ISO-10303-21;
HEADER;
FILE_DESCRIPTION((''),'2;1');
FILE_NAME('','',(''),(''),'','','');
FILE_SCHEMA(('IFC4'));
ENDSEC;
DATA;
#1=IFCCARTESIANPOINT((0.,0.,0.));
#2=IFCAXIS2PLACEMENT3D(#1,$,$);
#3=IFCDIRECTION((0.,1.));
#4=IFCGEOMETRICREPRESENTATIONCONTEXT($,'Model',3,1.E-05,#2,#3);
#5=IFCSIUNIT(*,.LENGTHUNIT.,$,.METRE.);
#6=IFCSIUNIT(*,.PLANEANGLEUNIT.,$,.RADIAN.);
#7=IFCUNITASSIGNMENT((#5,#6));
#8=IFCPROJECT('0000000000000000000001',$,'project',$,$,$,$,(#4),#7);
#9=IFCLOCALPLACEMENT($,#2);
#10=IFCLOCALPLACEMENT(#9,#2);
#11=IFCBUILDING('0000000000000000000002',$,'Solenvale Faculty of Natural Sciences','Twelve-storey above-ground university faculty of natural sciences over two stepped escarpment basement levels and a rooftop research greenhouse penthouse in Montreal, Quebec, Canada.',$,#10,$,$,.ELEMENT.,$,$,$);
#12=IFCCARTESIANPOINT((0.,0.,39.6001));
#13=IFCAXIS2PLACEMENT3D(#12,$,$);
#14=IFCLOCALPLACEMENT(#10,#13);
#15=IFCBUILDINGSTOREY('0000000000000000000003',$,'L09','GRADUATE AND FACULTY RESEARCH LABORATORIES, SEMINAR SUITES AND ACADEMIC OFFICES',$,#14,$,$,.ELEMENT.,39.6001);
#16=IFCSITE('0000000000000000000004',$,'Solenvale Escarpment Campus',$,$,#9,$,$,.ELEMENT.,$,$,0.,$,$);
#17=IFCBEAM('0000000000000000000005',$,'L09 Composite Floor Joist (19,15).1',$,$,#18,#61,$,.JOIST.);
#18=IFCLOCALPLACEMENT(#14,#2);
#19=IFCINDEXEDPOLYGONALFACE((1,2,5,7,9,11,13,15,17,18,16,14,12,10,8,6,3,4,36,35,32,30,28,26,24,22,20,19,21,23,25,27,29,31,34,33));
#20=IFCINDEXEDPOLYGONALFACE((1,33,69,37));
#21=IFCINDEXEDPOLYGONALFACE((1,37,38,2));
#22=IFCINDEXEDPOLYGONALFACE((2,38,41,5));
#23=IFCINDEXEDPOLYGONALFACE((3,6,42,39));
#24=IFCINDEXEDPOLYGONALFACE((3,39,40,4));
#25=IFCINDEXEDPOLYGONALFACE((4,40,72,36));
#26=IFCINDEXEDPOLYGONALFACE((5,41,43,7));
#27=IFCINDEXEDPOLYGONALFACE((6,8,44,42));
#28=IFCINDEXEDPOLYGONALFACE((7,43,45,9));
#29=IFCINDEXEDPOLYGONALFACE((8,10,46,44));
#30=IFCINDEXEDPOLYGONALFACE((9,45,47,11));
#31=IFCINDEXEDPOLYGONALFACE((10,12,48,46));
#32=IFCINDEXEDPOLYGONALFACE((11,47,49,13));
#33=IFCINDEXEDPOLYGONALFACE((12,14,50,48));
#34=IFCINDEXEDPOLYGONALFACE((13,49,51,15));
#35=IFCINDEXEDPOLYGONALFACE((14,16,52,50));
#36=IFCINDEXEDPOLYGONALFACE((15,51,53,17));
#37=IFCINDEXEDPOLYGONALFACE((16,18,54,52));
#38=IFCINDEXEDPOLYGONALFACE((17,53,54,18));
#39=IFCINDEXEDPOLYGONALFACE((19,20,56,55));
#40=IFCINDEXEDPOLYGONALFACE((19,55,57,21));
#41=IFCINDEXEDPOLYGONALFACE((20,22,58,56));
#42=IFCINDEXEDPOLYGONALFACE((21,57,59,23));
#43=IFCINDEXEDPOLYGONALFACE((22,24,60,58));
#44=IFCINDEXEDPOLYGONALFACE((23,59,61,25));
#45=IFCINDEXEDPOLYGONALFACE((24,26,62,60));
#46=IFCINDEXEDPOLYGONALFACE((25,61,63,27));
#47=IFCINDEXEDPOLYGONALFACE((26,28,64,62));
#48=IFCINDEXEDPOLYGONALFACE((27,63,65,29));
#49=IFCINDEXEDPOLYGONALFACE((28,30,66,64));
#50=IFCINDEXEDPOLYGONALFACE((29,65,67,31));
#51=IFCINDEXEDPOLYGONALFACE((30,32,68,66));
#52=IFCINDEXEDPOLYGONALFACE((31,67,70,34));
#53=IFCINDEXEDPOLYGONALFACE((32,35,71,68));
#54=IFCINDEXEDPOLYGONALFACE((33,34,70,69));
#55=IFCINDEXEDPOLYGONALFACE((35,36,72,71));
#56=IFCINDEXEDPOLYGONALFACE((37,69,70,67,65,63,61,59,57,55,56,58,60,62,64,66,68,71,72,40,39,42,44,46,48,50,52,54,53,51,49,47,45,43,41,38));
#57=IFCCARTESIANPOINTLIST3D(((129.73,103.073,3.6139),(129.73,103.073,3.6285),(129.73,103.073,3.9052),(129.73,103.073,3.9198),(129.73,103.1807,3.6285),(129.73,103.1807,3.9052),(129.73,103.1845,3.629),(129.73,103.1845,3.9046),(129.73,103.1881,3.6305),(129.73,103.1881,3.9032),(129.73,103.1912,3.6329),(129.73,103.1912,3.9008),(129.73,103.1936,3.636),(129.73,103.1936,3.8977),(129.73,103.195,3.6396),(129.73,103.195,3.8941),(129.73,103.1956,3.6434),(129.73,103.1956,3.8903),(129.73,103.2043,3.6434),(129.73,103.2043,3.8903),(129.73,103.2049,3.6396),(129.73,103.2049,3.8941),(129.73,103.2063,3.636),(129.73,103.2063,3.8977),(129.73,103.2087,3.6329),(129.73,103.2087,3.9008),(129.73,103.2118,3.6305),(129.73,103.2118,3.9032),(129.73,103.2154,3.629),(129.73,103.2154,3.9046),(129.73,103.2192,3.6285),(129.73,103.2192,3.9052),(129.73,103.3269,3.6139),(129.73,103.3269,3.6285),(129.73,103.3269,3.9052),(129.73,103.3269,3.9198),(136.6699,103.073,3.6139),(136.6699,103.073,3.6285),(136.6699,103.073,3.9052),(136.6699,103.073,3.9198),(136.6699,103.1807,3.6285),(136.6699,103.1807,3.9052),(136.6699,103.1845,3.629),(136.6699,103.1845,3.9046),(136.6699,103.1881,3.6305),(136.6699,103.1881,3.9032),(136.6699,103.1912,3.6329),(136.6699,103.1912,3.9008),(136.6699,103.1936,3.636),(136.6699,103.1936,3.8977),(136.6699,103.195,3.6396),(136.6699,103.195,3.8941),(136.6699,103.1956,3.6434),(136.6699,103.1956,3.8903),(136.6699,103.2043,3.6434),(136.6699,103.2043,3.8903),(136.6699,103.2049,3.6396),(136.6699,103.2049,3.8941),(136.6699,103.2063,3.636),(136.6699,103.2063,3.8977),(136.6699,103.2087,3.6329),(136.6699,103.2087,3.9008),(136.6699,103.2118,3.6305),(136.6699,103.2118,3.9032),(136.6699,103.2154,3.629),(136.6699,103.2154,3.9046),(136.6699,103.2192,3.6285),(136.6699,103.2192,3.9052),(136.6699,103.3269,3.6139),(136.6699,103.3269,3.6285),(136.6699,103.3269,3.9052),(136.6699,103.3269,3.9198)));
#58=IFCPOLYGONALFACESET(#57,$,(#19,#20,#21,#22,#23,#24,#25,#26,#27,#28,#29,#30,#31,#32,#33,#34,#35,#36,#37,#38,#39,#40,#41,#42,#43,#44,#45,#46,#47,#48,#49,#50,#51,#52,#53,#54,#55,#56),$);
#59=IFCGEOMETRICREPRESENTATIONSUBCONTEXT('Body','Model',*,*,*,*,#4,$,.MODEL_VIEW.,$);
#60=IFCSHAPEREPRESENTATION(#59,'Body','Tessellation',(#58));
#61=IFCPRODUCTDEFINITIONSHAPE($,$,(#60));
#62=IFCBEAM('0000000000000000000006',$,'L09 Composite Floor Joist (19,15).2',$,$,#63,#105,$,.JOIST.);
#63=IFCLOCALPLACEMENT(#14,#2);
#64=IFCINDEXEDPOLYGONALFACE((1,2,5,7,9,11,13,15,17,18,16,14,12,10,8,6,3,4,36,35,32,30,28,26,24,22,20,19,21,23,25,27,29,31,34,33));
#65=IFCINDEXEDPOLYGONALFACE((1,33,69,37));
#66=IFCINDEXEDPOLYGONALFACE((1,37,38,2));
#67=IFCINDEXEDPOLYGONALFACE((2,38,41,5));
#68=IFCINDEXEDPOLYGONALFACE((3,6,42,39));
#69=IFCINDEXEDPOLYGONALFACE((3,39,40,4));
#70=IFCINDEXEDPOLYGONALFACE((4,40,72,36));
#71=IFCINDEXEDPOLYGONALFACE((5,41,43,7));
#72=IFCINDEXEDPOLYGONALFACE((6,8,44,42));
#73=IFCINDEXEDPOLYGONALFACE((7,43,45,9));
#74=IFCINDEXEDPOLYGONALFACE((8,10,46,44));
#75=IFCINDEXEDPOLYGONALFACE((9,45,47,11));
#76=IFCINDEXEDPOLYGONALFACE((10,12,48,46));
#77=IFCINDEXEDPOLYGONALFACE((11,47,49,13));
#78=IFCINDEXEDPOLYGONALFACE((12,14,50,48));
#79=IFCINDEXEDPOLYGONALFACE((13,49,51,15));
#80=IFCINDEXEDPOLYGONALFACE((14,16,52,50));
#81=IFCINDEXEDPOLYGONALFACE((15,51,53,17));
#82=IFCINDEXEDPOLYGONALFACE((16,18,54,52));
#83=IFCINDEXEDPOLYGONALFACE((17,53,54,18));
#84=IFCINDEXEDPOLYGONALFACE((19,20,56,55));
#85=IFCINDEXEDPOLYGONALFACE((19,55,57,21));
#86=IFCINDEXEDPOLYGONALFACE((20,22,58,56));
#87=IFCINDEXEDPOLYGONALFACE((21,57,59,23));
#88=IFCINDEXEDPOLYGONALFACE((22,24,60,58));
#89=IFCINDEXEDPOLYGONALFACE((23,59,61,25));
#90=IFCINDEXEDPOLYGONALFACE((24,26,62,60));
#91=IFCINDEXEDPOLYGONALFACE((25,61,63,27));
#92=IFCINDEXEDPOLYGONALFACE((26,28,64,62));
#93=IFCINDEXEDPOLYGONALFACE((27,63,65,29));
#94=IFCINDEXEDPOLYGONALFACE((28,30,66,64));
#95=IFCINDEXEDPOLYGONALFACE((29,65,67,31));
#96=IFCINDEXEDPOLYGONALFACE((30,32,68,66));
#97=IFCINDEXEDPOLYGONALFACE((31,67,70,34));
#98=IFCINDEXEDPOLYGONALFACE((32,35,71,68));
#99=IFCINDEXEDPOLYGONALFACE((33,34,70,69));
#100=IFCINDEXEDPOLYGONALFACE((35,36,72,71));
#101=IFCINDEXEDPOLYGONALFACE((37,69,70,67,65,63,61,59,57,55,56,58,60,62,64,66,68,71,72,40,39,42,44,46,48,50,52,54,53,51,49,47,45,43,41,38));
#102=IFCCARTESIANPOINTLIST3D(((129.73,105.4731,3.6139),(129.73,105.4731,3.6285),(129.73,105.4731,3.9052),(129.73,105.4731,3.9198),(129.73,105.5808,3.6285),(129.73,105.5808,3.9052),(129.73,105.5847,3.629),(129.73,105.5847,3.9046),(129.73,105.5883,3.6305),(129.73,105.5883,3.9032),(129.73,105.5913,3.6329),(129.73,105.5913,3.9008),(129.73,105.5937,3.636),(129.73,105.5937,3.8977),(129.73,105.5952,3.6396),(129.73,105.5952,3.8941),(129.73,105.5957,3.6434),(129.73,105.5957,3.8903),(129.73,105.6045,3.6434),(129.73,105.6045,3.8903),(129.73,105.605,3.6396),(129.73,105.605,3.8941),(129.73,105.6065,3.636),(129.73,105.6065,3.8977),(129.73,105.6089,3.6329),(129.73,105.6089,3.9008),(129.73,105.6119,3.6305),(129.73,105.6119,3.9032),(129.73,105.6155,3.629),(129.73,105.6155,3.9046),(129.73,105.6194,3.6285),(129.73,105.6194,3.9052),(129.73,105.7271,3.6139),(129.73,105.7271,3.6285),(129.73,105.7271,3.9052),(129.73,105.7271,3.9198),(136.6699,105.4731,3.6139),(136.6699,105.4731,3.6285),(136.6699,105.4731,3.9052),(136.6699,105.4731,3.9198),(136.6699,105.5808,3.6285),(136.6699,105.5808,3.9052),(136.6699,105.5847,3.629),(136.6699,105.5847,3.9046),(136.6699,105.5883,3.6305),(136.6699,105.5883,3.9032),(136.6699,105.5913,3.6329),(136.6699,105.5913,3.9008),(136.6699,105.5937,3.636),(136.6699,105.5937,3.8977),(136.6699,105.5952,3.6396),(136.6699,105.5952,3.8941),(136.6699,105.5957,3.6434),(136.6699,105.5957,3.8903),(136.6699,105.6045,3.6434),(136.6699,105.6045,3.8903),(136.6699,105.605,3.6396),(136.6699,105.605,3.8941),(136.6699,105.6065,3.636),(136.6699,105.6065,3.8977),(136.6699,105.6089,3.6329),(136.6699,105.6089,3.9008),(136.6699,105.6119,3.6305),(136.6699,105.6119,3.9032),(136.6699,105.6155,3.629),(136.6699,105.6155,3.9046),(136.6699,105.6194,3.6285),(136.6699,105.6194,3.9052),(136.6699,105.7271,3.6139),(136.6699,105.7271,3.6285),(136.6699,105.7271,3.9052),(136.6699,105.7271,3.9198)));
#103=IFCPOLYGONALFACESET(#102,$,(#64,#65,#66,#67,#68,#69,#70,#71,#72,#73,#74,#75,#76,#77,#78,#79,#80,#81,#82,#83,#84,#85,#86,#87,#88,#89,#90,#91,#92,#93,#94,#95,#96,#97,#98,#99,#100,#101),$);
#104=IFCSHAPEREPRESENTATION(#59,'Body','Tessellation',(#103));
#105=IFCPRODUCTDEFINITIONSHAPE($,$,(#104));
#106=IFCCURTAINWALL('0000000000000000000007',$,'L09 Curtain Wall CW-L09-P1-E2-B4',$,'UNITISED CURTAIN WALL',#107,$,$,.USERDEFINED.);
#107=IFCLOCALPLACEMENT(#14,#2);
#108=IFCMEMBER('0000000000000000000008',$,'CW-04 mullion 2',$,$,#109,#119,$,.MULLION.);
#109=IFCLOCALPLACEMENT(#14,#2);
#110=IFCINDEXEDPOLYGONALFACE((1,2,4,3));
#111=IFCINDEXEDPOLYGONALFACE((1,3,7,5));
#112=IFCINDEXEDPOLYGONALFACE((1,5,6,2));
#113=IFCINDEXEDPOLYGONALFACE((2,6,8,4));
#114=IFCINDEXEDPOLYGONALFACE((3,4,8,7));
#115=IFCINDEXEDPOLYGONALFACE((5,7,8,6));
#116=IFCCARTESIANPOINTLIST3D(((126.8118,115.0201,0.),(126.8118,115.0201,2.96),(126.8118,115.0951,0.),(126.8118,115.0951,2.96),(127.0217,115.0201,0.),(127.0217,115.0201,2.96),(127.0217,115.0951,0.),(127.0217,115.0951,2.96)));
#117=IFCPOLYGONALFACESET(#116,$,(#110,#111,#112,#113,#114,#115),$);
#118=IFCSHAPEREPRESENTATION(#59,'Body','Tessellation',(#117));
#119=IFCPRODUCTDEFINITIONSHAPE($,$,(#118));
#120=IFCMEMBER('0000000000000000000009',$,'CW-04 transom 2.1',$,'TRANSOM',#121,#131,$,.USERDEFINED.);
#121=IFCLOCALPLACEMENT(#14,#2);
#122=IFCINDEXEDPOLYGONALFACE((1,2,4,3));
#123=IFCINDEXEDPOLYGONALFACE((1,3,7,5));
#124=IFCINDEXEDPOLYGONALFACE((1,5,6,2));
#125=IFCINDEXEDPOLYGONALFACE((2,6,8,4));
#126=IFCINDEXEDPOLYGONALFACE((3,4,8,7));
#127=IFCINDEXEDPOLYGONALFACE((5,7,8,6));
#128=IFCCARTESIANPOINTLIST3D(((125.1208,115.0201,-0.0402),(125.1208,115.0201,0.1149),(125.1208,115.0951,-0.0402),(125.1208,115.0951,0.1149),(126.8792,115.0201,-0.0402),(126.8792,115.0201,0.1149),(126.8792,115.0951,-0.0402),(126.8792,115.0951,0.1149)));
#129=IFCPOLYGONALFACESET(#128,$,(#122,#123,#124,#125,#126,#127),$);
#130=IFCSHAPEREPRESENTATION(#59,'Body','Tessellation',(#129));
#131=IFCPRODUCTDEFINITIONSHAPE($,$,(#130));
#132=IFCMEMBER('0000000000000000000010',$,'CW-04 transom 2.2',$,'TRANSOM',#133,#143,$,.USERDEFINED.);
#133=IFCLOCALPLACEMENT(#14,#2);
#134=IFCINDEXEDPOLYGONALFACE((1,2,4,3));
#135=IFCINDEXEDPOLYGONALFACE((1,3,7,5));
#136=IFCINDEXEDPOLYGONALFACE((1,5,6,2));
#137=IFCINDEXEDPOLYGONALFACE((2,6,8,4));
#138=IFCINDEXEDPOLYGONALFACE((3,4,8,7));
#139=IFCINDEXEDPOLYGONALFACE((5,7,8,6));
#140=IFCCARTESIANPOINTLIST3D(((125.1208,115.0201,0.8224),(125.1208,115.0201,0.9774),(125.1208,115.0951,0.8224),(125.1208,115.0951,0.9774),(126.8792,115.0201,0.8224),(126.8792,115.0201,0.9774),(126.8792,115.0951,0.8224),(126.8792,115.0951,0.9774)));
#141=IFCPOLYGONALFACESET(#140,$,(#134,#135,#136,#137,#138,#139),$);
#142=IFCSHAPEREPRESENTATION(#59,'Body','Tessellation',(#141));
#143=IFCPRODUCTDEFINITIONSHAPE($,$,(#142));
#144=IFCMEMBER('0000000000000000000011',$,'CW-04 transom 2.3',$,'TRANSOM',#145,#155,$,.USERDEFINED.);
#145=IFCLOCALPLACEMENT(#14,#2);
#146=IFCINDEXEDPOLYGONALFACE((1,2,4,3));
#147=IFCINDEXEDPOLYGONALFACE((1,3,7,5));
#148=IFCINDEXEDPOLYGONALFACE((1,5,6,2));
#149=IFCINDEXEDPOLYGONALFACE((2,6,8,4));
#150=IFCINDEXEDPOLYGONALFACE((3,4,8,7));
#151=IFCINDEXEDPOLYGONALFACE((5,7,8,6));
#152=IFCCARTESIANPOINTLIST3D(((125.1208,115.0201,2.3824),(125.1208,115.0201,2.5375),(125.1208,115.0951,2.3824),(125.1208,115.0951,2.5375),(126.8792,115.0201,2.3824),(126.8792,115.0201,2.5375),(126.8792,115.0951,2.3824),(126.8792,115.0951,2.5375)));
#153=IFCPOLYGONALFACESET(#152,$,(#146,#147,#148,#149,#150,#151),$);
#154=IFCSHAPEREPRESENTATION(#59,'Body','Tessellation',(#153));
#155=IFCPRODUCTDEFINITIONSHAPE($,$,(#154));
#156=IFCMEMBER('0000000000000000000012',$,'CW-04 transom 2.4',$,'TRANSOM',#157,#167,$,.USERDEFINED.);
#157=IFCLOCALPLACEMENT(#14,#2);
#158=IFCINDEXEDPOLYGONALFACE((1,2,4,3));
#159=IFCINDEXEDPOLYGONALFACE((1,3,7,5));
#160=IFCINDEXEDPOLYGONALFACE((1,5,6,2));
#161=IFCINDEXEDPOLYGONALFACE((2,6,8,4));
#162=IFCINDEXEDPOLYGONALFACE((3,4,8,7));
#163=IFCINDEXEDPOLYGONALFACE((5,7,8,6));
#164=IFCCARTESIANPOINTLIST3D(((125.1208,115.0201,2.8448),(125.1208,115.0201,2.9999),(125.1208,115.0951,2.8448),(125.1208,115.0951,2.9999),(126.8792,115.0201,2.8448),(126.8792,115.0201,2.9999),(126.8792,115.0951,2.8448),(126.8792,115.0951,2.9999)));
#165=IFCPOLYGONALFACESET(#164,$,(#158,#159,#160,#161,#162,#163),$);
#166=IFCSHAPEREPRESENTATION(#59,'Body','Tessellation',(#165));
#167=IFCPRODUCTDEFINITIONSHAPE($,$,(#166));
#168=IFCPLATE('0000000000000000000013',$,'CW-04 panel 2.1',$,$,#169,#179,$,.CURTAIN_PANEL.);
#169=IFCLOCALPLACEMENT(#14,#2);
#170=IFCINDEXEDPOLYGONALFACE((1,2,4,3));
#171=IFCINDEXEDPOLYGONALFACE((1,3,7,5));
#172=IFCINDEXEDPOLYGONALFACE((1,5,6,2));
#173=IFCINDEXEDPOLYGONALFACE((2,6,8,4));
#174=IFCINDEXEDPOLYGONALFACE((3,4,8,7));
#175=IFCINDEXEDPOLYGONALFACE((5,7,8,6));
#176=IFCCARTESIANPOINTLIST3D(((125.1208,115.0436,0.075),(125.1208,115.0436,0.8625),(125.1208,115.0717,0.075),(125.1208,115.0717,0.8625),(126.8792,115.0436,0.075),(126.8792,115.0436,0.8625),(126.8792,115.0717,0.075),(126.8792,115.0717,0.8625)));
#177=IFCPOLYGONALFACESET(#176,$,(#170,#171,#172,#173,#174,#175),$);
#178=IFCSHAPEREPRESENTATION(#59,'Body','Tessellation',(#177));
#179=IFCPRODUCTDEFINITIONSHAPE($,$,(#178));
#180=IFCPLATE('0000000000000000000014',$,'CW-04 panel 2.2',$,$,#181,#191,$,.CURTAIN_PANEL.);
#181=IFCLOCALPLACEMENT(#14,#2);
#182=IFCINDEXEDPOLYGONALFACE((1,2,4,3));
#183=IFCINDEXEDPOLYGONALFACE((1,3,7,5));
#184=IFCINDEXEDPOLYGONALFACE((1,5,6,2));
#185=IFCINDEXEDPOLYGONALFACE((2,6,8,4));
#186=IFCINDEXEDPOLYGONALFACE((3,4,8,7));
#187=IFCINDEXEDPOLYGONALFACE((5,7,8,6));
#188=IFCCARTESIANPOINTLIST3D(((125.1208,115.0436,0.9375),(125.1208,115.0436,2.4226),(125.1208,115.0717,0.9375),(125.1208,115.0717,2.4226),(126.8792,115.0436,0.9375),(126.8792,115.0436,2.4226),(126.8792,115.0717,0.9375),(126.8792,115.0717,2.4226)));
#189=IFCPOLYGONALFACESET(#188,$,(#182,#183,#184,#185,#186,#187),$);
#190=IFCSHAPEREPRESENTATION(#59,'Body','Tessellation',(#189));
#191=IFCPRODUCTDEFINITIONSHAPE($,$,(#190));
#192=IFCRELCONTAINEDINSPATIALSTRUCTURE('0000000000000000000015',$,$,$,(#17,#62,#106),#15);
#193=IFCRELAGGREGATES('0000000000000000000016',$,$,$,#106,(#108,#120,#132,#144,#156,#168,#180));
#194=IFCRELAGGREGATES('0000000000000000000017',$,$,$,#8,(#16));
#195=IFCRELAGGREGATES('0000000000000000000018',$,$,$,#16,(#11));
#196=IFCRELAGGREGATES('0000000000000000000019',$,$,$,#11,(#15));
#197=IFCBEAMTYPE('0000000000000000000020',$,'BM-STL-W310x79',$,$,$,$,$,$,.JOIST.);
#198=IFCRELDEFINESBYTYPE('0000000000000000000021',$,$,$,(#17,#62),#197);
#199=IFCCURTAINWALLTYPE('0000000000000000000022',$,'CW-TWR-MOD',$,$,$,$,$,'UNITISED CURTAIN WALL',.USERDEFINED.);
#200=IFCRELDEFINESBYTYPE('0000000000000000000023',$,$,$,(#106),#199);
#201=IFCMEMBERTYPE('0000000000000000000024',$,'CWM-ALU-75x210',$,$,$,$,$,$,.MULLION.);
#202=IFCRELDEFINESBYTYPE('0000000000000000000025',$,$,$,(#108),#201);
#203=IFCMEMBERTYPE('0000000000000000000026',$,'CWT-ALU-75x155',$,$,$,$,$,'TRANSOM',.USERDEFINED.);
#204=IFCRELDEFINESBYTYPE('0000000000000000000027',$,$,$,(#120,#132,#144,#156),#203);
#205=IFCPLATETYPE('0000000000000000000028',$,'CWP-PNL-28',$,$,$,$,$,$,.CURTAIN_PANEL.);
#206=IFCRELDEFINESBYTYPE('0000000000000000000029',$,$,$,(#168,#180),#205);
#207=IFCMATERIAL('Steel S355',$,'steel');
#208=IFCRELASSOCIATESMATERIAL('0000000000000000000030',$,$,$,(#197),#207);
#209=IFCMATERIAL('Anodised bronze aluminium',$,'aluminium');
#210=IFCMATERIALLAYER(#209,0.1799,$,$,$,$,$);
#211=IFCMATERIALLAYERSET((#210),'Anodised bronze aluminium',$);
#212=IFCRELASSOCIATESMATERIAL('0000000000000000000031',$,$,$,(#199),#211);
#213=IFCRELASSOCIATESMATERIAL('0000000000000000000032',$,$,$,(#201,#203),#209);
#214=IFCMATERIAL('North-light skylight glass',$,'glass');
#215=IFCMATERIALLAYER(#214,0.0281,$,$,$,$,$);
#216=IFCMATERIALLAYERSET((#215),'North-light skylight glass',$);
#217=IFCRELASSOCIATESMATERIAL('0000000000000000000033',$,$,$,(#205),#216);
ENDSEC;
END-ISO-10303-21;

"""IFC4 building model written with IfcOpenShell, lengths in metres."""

from ifc_helpers import new_model, si_unit, direction, frame, origin, origin_2d, place, context, subcontext, project, spatial, rectangle, i_section, extrude, material, layer, layer_set, material_profile, profile_set, type_object, element, aggregate, save


model = new_model("IFC4")

# Units and contexts
model_context = context("Model", 3, precision=1e-05, world=origin(), true_north=direction((0.0, 1.0)))
body_context = subcontext(model_context, "Body", "Model", "MODEL_VIEW")
ifc_project = project(units=[si_unit("LENGTHUNIT", "METRE"), si_unit("PLANEANGLEUNIT", "RADIAN")], contexts=[model_context])

# Site, building, storey
site_placement = place(None, origin())
site = spatial("IfcSite", under=ifc_project, at=site_placement, Name="Solenvale Escarpment Campus", CompositionType="ELEMENT", RefElevation=0.0)
building_placement = place(site_placement, origin())
building = spatial("IfcBuilding", under=site, at=building_placement, Name="Solenvale Faculty of Natural Sciences", Description="Twelve-storey above-ground university faculty of natural sciences over two stepped escarpment basement levels and a rooftop research greenhouse penthouse in Montreal, Quebec, Canada.", CompositionType="ELEMENT")
storey_placement = place(building_placement, frame((0.0, 0.0, 39.6001)))
storey = spatial("IfcBuildingStorey", under=building, at=storey_placement, Name="L09", Description="GRADUATE AND FACULTY RESEARCH LABORATORIES, SEMINAR SUITES AND ACADEMIC OFFICES", CompositionType="ELEMENT", Elevation=39.6001)

# Beams
ifc_material_1 = material(Name="Steel S355", Category="steel")
ifc_material_profile_1 = material_profile(ifc_material_1, i_section(OverallWidth=0.2539, OverallDepth=0.3059, WebThickness=0.0088, FlangeThickness=0.0146, FilletRadius=0.0149, at=origin_2d()), Name="W310x79")
ifc_profile_set_1 = profile_set([ifc_material_profile_1], Name="Steel S355")
beam_type_1 = type_object("IfcBeamType", Name="BM-STL-W310x79", PredefinedType="JOIST", material=ifc_profile_set_1)
for number, where, z_axis, x_axis, name in (
    (1, (129.73, 103.2, 3.7668), (1.0, 0.0, 0.0), (0.0, 1.0, 0.0), "L09 Composite Floor Joist (19,15).1"),
    (2, (129.73, 105.6001, 3.7668), (1.0, 0.0, 0.0), (0.0, 1.0, 0.0), "L09 Composite Floor Joist (19,15).2"),
):
    element("IfcBeam", number, at=place(storey_placement, frame(where, z_axis=z_axis, x_axis=x_axis)), inside=storey, type_object=beam_type_1, Name=name, PredefinedType="JOIST", context=body_context, shape_type="SweptSolid", body=[
        extrude(i_section(OverallWidth=0.2539, OverallDepth=0.3059, WebThickness=0.0088, FlangeThickness=0.0146, FilletRadius=0.0149, at=origin_2d()), origin(), (0.0, 0.0, 1.0), 6.9399),
    ])

# Curtain wall, members, plates
ifc_material_2 = material(Name="Anodised bronze aluminium", Category="aluminium")
ifc_layer_1 = layer(ifc_material_2, 0.1799)
ifc_layer_set_1 = layer_set([ifc_layer_1], Name="Anodised bronze aluminium")
curtain_wall_type = type_object("IfcCurtainWallType", Name="CW-TWR-MOD", ElementType="UNITISED CURTAIN WALL", PredefinedType="USERDEFINED", material=ifc_layer_set_1)
curtain_wall_placement = place(storey_placement, origin())
curtain_wall = element("IfcCurtainWall", 3, at=curtain_wall_placement, inside=storey, type_object=curtain_wall_type, Name="L09 Curtain Wall CW-L09-P1-E2-B4", ObjectType="UNITISED CURTAIN WALL", PredefinedType="USERDEFINED")
ifc_material_profile_2 = material_profile(ifc_material_2, rectangle(XDim=0.075, YDim=0.21, at=origin_2d()), Name="ALU-MUL-75x210")
ifc_profile_set_2 = profile_set([ifc_material_profile_2], Name="Anodised bronze aluminium")
member_type_1 = type_object("IfcMemberType", Name="CWM-ALU-75x210", PredefinedType="MULLION", material=ifc_profile_set_2)
member_1_placement = place(storey_placement, frame((126.9167, 115.0576, 0.0), z_axis=(0.0, 0.0, 1.0), x_axis=(0.0, -1.0, 0.0)))
member_1 = element("IfcMember", 4, at=member_1_placement, type_object=member_type_1, Name="CW-04 mullion 2", PredefinedType="MULLION", context=body_context, shape_type="SweptSolid", body=[
    extrude(rectangle(XDim=0.075, YDim=0.21, at=origin_2d()), origin(), (0.0, 0.0, 1.0), 2.96),
])
ifc_material_profile_3 = material_profile(ifc_material_2, rectangle(XDim=0.075, YDim=0.155, at=origin_2d()), Name="ALU-TRN-75x155")
ifc_profile_set_3 = profile_set([ifc_material_profile_3], Name="Anodised bronze aluminium")
member_type_2 = type_object("IfcMemberType", Name="CWT-ALU-75x155", ElementType="TRANSOM", PredefinedType="USERDEFINED", material=ifc_profile_set_3)
member_2_placement = place(storey_placement, frame((126.8792, 115.0576, 0.0374), z_axis=(-1.0, 0.0, 0.0), x_axis=(0.0, -1.0, 0.0)))
member_2 = element("IfcMember", 5, at=member_2_placement, type_object=member_type_2, Name="CW-04 transom 2.1", ObjectType="TRANSOM", PredefinedType="USERDEFINED", context=body_context, shape_type="SweptSolid", body=[
    extrude(rectangle(XDim=0.075, YDim=0.155, at=origin_2d()), origin(), (0.0, 0.0, 1.0), 1.7583),
])
member_3_placement = place(storey_placement, frame((126.8792, 115.0576, 0.8999), z_axis=(-1.0, 0.0, 0.0), x_axis=(0.0, -1.0, 0.0)))
member_3 = element("IfcMember", 6, at=member_3_placement, type_object=member_type_2, Name="CW-04 transom 2.2", ObjectType="TRANSOM", PredefinedType="USERDEFINED", context=body_context, shape_type="SweptSolid", body=[
    extrude(rectangle(XDim=0.075, YDim=0.155, at=origin_2d()), origin(), (0.0, 0.0, 1.0), 1.7583),
])
member_4_placement = place(storey_placement, frame((126.8792, 115.0576, 2.46), z_axis=(-1.0, 0.0, 0.0), x_axis=(0.0, -1.0, 0.0)))
member_4 = element("IfcMember", 7, at=member_4_placement, type_object=member_type_2, Name="CW-04 transom 2.3", ObjectType="TRANSOM", PredefinedType="USERDEFINED", context=body_context, shape_type="SweptSolid", body=[
    extrude(rectangle(XDim=0.075, YDim=0.155, at=origin_2d()), origin(), (0.0, 0.0, 1.0), 1.7583),
])
member_5_placement = place(storey_placement, frame((126.8792, 115.0576, 2.9224), z_axis=(-1.0, 0.0, 0.0), x_axis=(0.0, -1.0, 0.0)))
member_5 = element("IfcMember", 8, at=member_5_placement, type_object=member_type_2, Name="CW-04 transom 2.4", ObjectType="TRANSOM", PredefinedType="USERDEFINED", context=body_context, shape_type="SweptSolid", body=[
    extrude(rectangle(XDim=0.075, YDim=0.155, at=origin_2d()), origin(), (0.0, 0.0, 1.0), 1.7583),
])
ifc_material_3 = material(Name="North-light skylight glass", Category="glass")
ifc_layer_2 = layer(ifc_material_3, 0.0281)
ifc_layer_set_2 = layer_set([ifc_layer_2], Name="North-light skylight glass")
plate_type = type_object("IfcPlateType", Name="CWP-PNL-28", PredefinedType="CURTAIN_PANEL", material=ifc_layer_set_2)
plate_1_placement = place(storey_placement, frame((126.0, 115.0576, 0.075), z_axis=(0.0, 0.0, 1.0), x_axis=(-1.0, 0.0, 0.0)))
plate_1 = element("IfcPlate", 9, at=plate_1_placement, type_object=plate_type, Name="CW-04 panel 2.1", PredefinedType="CURTAIN_PANEL", context=body_context, shape_type="SweptSolid", body=[
    extrude(rectangle(XDim=1.7583, YDim=0.0281, at=origin_2d()), origin(), (0.0, 0.0, 1.0), 0.7876),
])
plate_2_placement = place(storey_placement, frame((126.0, 115.0576, 0.9375), z_axis=(0.0, 0.0, 1.0), x_axis=(-1.0, 0.0, 0.0)))
plate_2 = element("IfcPlate", 10, at=plate_2_placement, type_object=plate_type, Name="CW-04 panel 2.2", PredefinedType="CURTAIN_PANEL", context=body_context, shape_type="SweptSolid", body=[
    extrude(rectangle(XDim=1.7583, YDim=0.0281, at=origin_2d()), origin(), (0.0, 0.0, 1.0), 1.4851),
])
aggregate(curtain_wall, [member_1, member_2, member_3, member_4, member_5, plate_1, plate_2])

save(model, "model.ifc")
